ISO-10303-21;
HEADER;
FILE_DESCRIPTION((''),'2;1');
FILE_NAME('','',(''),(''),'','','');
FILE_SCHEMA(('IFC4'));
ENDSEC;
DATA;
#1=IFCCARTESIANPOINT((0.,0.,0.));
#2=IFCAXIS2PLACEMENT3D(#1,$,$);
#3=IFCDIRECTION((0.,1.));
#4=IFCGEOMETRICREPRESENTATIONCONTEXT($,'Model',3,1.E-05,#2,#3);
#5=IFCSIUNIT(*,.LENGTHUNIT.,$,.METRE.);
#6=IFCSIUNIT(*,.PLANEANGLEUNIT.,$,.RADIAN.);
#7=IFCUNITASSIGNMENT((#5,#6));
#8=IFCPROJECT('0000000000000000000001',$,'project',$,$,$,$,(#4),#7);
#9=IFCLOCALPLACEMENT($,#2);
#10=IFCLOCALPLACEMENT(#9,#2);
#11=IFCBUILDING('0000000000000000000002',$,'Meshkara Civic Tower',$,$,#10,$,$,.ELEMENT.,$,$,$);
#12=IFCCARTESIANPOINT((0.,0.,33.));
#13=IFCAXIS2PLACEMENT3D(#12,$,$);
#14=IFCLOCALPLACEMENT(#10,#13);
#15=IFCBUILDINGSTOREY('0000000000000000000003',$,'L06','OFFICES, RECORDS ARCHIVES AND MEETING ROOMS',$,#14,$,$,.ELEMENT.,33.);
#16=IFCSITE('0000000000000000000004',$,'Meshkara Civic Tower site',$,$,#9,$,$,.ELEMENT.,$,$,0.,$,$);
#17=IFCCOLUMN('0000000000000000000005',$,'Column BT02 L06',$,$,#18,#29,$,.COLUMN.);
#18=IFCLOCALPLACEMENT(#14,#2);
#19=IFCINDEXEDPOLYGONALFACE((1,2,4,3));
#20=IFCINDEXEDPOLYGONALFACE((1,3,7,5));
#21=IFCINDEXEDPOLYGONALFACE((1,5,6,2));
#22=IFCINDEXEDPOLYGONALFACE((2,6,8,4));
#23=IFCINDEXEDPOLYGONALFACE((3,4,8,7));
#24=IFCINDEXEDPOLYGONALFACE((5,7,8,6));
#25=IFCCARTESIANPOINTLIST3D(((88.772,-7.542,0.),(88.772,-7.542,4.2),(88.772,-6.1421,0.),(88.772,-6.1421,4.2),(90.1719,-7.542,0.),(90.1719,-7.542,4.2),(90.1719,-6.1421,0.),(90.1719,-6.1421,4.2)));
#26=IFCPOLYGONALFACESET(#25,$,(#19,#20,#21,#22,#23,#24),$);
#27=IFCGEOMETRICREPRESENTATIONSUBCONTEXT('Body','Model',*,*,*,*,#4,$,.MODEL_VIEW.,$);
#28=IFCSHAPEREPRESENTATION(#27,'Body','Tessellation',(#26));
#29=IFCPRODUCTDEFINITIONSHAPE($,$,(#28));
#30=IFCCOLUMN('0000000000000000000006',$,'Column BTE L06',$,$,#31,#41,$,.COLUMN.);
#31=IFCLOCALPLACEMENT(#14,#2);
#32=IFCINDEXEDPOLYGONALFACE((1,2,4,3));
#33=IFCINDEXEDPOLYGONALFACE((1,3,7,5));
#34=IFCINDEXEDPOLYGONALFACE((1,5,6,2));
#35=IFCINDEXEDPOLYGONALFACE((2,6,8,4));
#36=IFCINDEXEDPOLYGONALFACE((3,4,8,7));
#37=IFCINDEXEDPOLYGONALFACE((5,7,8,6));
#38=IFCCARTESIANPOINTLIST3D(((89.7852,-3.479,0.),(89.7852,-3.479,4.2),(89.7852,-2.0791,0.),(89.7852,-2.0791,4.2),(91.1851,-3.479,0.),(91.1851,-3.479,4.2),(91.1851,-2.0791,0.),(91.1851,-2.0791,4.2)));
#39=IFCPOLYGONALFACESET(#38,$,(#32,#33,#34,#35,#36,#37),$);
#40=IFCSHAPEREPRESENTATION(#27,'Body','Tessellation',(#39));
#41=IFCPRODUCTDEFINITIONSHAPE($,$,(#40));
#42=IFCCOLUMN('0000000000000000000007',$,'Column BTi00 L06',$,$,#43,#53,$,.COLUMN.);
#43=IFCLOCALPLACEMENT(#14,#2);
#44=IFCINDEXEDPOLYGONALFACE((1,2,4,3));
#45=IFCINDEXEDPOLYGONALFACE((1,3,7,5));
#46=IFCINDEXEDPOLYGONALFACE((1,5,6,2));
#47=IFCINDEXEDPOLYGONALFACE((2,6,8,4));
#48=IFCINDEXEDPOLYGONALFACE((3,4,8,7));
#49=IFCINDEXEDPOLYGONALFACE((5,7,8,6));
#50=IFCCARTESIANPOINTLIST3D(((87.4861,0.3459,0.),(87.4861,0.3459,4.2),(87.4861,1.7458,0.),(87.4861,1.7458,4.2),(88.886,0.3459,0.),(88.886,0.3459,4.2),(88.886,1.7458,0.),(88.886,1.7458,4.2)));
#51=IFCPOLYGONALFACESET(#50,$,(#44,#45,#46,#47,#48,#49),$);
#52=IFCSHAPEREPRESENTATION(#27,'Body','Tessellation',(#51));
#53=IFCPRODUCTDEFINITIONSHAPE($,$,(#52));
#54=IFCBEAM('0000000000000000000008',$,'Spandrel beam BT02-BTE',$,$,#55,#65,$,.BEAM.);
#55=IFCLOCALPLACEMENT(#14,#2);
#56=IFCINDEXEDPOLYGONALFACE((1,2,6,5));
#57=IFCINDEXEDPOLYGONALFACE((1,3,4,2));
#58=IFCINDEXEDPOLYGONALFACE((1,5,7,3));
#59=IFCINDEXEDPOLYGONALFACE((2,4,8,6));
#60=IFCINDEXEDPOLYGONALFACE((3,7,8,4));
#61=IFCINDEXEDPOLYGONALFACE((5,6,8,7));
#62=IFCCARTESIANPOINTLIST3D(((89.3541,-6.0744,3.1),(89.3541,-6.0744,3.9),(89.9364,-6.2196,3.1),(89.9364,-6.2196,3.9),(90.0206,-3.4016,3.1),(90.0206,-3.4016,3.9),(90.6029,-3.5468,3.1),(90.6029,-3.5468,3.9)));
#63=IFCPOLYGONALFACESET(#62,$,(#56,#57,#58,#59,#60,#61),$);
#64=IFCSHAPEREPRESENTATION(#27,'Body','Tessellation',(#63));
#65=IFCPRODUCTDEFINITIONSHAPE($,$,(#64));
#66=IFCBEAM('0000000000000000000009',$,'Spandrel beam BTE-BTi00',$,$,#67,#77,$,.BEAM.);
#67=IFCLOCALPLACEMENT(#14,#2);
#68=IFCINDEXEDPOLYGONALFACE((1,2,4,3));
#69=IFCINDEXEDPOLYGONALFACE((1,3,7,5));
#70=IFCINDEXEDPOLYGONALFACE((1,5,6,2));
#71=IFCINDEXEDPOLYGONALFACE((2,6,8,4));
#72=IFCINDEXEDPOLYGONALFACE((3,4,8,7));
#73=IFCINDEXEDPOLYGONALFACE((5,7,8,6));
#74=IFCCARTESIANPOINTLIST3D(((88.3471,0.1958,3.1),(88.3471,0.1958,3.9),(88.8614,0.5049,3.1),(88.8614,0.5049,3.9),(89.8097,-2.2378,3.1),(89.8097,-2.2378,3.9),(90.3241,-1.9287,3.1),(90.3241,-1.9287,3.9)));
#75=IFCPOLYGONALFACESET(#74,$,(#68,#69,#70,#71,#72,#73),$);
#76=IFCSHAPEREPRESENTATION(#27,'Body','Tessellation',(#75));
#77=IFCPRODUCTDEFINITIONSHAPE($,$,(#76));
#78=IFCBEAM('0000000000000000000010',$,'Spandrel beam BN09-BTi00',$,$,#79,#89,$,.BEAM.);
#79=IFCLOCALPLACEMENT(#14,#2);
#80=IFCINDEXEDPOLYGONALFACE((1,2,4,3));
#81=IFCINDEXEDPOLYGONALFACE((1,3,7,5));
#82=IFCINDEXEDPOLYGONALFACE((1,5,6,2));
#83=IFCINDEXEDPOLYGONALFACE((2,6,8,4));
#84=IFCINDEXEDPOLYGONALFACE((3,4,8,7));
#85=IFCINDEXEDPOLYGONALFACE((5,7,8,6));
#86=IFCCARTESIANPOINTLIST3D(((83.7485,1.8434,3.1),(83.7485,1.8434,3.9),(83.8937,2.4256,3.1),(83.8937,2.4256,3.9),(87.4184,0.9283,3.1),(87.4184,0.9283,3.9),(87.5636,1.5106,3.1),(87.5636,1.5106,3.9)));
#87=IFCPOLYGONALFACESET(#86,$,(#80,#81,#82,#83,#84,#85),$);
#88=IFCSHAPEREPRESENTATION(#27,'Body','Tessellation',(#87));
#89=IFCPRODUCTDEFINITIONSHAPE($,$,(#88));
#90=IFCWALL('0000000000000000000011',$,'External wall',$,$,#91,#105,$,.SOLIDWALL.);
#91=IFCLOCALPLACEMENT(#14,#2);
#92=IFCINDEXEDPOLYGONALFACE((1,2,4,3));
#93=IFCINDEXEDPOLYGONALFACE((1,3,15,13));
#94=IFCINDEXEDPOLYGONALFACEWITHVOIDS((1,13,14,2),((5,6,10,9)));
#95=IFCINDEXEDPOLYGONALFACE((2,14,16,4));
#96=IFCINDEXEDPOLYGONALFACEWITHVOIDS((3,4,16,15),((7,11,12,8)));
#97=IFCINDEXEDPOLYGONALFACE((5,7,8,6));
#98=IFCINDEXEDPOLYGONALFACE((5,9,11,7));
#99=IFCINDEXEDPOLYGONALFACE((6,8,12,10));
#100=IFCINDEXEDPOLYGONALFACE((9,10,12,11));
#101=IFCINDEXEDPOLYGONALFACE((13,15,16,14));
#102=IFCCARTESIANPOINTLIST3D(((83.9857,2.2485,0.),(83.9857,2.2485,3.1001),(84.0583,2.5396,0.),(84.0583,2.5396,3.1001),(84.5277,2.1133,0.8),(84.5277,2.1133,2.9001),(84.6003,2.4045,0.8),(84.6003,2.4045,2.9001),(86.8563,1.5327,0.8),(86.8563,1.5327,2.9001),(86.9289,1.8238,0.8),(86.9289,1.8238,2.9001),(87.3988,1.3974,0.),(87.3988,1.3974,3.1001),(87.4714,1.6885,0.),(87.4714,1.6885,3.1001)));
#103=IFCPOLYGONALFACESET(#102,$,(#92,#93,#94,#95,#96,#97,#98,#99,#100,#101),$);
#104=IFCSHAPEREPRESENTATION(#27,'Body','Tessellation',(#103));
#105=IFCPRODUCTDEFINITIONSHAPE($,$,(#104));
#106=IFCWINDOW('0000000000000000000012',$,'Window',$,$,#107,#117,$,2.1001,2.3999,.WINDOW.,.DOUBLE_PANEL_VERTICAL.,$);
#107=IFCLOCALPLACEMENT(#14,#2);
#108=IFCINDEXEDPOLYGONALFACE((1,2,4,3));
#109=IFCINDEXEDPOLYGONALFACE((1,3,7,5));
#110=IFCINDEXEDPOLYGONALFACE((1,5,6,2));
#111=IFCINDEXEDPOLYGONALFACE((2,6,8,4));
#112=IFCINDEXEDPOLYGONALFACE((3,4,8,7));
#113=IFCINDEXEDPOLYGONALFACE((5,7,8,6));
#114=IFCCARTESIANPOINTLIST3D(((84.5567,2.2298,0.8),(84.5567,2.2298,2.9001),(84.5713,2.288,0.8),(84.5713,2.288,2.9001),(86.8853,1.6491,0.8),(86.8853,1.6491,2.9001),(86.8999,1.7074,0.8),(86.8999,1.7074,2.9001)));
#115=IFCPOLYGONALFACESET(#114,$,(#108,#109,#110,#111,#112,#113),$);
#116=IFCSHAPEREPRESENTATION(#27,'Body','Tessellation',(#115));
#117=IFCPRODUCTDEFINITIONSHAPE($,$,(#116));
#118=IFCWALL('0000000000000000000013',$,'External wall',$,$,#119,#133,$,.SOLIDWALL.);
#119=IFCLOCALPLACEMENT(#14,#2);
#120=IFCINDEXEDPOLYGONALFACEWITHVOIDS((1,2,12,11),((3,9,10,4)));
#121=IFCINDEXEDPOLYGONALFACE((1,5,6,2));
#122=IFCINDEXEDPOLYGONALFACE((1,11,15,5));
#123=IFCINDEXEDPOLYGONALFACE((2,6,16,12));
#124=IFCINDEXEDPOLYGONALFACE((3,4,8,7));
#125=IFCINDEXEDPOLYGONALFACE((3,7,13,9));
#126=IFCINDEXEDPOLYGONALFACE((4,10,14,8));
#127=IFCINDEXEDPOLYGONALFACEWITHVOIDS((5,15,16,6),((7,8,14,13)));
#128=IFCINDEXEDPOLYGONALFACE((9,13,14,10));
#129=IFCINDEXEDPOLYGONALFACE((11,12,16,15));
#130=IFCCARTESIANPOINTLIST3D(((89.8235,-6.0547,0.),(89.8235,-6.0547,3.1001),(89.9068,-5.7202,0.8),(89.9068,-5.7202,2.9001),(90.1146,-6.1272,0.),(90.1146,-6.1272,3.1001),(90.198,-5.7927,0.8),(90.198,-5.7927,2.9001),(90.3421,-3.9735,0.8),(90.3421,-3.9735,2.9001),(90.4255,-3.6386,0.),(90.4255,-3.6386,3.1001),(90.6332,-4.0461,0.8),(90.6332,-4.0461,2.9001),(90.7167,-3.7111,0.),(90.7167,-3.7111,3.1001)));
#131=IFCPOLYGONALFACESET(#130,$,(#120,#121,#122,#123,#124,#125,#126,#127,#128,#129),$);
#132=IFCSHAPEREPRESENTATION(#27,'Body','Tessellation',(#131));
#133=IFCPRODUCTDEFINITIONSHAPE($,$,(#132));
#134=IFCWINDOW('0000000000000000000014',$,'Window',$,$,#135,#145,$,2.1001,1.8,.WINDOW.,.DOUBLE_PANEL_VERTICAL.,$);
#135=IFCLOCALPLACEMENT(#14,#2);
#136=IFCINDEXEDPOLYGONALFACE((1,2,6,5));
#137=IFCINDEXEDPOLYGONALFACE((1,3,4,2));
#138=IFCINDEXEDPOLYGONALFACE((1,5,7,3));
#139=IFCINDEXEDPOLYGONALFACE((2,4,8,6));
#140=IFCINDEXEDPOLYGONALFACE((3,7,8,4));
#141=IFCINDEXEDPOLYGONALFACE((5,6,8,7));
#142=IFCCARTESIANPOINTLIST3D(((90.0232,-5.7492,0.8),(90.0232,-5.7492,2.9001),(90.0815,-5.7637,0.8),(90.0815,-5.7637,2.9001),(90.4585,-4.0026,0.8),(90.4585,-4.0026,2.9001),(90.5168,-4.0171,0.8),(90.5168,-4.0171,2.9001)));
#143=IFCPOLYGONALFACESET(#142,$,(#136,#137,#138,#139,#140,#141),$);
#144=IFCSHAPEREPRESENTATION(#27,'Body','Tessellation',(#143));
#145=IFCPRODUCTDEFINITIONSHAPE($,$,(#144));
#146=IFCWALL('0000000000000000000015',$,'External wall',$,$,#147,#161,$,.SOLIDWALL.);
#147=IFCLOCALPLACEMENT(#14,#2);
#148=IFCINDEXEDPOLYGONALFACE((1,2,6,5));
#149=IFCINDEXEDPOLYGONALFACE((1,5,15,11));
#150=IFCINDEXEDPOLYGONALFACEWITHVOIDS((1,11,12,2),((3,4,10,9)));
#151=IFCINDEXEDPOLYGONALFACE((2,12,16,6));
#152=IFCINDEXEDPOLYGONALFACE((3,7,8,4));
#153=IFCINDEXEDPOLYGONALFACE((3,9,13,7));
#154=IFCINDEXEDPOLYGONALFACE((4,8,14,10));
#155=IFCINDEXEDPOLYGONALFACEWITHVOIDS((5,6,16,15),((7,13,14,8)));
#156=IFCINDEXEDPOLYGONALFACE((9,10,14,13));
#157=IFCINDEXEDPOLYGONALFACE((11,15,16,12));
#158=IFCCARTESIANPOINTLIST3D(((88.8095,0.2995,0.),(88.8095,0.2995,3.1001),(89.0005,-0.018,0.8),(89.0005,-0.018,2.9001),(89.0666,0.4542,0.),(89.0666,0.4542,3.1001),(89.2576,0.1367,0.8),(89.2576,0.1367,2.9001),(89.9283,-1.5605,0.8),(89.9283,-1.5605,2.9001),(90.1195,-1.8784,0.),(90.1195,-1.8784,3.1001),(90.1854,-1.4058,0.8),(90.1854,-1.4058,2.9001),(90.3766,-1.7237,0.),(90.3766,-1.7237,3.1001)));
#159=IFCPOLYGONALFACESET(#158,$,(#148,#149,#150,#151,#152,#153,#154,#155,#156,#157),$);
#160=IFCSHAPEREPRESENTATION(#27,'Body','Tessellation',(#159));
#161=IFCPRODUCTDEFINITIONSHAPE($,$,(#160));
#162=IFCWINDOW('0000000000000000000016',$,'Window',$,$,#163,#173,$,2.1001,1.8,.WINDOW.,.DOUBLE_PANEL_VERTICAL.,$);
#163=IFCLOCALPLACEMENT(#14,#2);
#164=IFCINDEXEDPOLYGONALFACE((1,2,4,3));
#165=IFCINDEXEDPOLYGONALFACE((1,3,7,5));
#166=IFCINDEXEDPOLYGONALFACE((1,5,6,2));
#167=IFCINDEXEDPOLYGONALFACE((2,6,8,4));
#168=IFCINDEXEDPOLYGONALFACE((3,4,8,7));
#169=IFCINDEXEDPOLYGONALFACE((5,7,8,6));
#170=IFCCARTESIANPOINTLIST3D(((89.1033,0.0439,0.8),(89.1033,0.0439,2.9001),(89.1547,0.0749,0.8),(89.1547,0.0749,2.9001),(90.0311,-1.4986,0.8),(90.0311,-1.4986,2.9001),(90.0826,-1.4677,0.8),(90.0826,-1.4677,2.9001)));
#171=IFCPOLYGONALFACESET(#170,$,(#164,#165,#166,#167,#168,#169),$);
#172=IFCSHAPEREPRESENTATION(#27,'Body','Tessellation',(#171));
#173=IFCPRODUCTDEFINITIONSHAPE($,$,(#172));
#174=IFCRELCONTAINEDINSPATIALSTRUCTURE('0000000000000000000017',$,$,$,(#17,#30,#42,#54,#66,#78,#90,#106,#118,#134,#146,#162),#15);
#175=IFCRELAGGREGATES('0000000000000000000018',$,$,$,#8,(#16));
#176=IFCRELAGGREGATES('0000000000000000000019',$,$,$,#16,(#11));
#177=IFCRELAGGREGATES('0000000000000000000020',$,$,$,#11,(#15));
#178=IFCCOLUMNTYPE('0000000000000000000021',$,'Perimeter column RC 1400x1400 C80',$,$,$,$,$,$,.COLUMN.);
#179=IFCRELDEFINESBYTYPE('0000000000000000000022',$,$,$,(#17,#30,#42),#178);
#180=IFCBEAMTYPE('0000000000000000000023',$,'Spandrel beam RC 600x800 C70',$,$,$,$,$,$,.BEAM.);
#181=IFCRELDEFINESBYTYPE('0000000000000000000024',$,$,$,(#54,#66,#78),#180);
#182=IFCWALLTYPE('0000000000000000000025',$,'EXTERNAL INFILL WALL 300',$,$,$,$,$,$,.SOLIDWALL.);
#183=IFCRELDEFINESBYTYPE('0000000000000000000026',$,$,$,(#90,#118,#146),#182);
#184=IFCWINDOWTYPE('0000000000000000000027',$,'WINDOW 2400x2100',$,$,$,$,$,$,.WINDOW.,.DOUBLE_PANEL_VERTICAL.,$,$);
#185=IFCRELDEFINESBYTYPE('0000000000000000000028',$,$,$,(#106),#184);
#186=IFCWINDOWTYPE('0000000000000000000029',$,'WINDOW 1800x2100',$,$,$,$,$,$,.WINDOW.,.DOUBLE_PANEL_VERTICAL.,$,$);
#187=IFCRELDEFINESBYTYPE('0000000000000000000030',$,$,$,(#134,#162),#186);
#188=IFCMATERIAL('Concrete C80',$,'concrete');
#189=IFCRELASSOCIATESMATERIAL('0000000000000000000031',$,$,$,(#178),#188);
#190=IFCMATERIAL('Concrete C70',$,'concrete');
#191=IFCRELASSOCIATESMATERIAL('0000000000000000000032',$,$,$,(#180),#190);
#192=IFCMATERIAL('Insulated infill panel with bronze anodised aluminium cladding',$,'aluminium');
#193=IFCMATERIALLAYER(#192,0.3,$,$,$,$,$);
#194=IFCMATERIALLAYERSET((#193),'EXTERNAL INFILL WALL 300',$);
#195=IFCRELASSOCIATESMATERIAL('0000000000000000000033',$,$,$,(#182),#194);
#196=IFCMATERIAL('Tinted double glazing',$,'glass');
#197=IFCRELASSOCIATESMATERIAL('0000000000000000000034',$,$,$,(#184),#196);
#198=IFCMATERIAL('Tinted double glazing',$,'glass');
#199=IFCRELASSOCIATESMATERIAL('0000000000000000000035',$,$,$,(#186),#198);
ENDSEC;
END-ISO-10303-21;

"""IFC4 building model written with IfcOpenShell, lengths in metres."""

from ifc_helpers import new_model, si_unit, direction, frame, frame_2d, origin, origin_2d, place, context, subcontext, project, spatial, rectangle, extrude, material, layer, layer_set, material_profile, profile_set, type_object, element, fill, save


model = new_model("IFC4")

# Units and contexts
model_context = context("Model", 3, precision=1e-05, world=origin(), true_north=direction((0.0, 1.0)))
body_context = subcontext(model_context, "Body", "Model", "MODEL_VIEW")
ifc_project = project(units=[si_unit("LENGTHUNIT", "METRE"), si_unit("PLANEANGLEUNIT", "RADIAN")], contexts=[model_context])

# Site, building, storey
site_placement = place(None, origin())
site = spatial("IfcSite", under=ifc_project, at=site_placement, Name="Meshkara Civic Tower site", CompositionType="ELEMENT", RefElevation=0.0)
building_placement = place(site_placement, origin())
building = spatial("IfcBuilding", under=site, at=building_placement, Name="Meshkara Civic Tower", CompositionType="ELEMENT")
storey_placement = place(building_placement, frame((0.0, 0.0, 33.0)))
storey = spatial("IfcBuildingStorey", under=building, at=storey_placement, Name="L06", Description="OFFICES, RECORDS ARCHIVES AND MEETING ROOMS", CompositionType="ELEMENT", Elevation=33.0)

# Columns
ifc_material_1 = material(Name="Concrete C80", Category="concrete")
ifc_material_profile_1 = material_profile(ifc_material_1, rectangle(XDim=1.3999, YDim=1.3999, at=origin_2d()))
ifc_profile_set_1 = profile_set([ifc_material_profile_1], Name="Concrete C80")
column_type = type_object("IfcColumnType", Name="Perimeter column RC 1400x1400 C80", PredefinedType="COLUMN", material=ifc_profile_set_1)
for number, where, z_axis, x_axis, name in (
    (1, (89.4719, -6.842, 0.0), (0.0, 0.0, 1.0), (1.0, 0.0, 0.0), "Column BT02 L06"),
    (2, (90.4851, -2.7791, 0.0), (0.0, 0.0, 1.0), (1.0, 0.0, 0.0), "Column BTE L06"),
    (3, (88.186, 1.0459, 0.0), (0.0, 0.0, 1.0), (1.0, 0.0, 0.0), "Column BTi00 L06"),
):
    element("IfcColumn", number, at=place(storey_placement, frame(where, z_axis=z_axis, x_axis=x_axis)), inside=storey, type_object=column_type, Name=name, PredefinedType="COLUMN", context=body_context, shape_type="SweptSolid", body=[
        extrude(rectangle(XDim=1.3999, YDim=1.3999, at=origin_2d()), origin(), (0.0, 0.0, 1.0), 4.2),
    ])

# Beams
ifc_material_2 = material(Name="Concrete C70", Category="concrete")
ifc_material_profile_2 = material_profile(ifc_material_2, rectangle(XDim=0.6001, YDim=0.8, at=origin_2d()))
ifc_profile_set_2 = profile_set([ifc_material_profile_2], Name="Concrete C70")
beam_type = type_object("IfcBeamType", Name="Spandrel beam RC 600x800 C70", PredefinedType="BEAM", material=ifc_profile_set_2)
beam_1_placement = place(storey_placement, frame((89.6453, -6.147, 3.5), z_axis=(0.241952, 0.970288, 0.0), x_axis=(-0.970288, 0.241952, 0.0)))
element("IfcBeam", 4, at=beam_1_placement, inside=storey, type_object=beam_type, Name="Spandrel beam BT02-BTE", PredefinedType="BEAM", context=body_context, shape_type="SweptSolid", body=[
    extrude(rectangle(XDim=0.6001, YDim=0.8, at=origin_2d()), origin(), (0.0, 0.0, 1.0), 2.7546),
])
beam_2_placement = place(storey_placement, frame((90.0669, -2.0833, 3.5), z_axis=(-0.515141, 0.857106, 0.0), x_axis=(-0.857106, -0.515141, 0.0)))
element("IfcBeam", 5, at=beam_2_placement, inside=storey, type_object=beam_type, Name="Spandrel beam BTE-BTi00", PredefinedType="BEAM", context=body_context, shape_type="SweptSolid", body=[
    extrude(rectangle(XDim=0.6001, YDim=0.8, at=origin_2d()), origin(), (0.0, 0.0, 1.0), 2.8394),
])
beam_3_placement = place(storey_placement, frame((87.491, 1.2195, 3.5), z_axis=(-0.970294, 0.241928, 0.0), x_axis=(-0.241928, -0.970294, 0.0)))
element("IfcBeam", 6, at=beam_3_placement, inside=storey, type_object=beam_type, Name="Spandrel beam BN09-BTi00", PredefinedType="BEAM", context=body_context, shape_type="SweptSolid", body=[
    extrude(rectangle(XDim=0.6001, YDim=0.8, at=origin_2d()), origin(), (0.0, 0.0, 1.0), 3.7822),
])

# Walls, openings, windows
ifc_material_3 = material(Name="Insulated infill panel with bronze anodised aluminium cladding", Category="aluminium")
ifc_layer_1 = layer(ifc_material_3, 0.3)
ifc_layer_set_1 = layer_set([ifc_layer_1], Name="EXTERNAL INFILL WALL 300")
wall_type_1 = type_object("IfcWallType", Name="EXTERNAL INFILL WALL 300", PredefinedType="SOLIDWALL", material=ifc_layer_set_1)
wall_1_placement = place(storey_placement, frame((87.4351, 1.543, 0.0), z_axis=(0.0, 0.0, 1.0), x_axis=(-0.970289, 0.241948, 0.0)))
wall_1 = element("IfcWall", 7, at=wall_1_placement, inside=storey, type_object=wall_type_1, Name="External wall", PredefinedType="SOLIDWALL", context=body_context, shape_type="SweptSolid", body=[
    extrude(rectangle(XDim=3.5176, YDim=0.3, at=frame_2d((1.7588, 0.0))), origin(), (0.0, 0.0, 1.0), 3.1001),
])
opening_1_placement = place(wall_1_placement, frame((0.5591, 0.0, 0.8)))
opening_1 = element("IfcOpeningElement", 8, at=opening_1_placement, cuts=wall_1, PredefinedType="OPENING", context=body_context, shape_type="SweptSolid", body=[
    extrude(rectangle(XDim=2.3999, YDim=2.1001, at=frame_2d((1.2, 1.05))), frame((0.0, 0.1599, 0.0), z_axis=(0.0, -1.0, 0.0), x_axis=(1.0, 0.0, 0.0)), (0.0, 0.0, 1.0), 0.3201),
])
ifc_material_4 = material(Name="Tinted double glazing", Category="glass")
window_type_1 = type_object("IfcWindowType", Name="WINDOW 2400x2100", PartitioningType="DOUBLE_PANEL_VERTICAL", PredefinedType="WINDOW", material=ifc_material_4)
window_1_placement = place(opening_1_placement, origin())
window_1 = element("IfcWindow", 9, at=window_1_placement, inside=storey, type_object=window_type_1, Name="Window", OverallHeight=2.1001, OverallWidth=2.3999, PartitioningType="DOUBLE_PANEL_VERTICAL", PredefinedType="WINDOW", context=body_context, shape_type="SweptSolid", body=[
    extrude(rectangle(XDim=2.3999, YDim=2.1001, at=frame_2d((1.2, 1.05))), frame((0.0, 0.03, 0.0), z_axis=(0.0, -1.0, 0.0), x_axis=(1.0, 0.0, 0.0)), (0.0, 0.0, 1.0), 0.0601),
])
fill(opening_1, window_1)
wall_2_placement = place(storey_placement, frame((89.969, -6.0911, 0.0), z_axis=(0.0, 0.0, 1.0), x_axis=(0.241797, 0.970327, 0.0)))
wall_2 = element("IfcWall", 10, at=wall_2_placement, inside=storey, type_object=wall_type_1, Name="External wall", PredefinedType="SOLIDWALL", context=body_context, shape_type="SweptSolid", body=[
    extrude(rectangle(XDim=2.49, YDim=0.3, at=frame_2d((1.2451, 0.0))), origin(), (0.0, 0.0, 1.0), 3.1001),
])
opening_2_placement = place(wall_2_placement, frame((0.345, 0.0, 0.8)))
opening_2 = element("IfcOpeningElement", 11, at=opening_2_placement, cuts=wall_2, PredefinedType="OPENING", context=body_context, shape_type="SweptSolid", body=[
    extrude(rectangle(XDim=1.8, YDim=2.1001, at=frame_2d((0.8999, 1.05))), frame((0.0, 0.1599, 0.0), z_axis=(0.0, -1.0, 0.0), x_axis=(1.0, 0.0, 0.0)), (0.0, 0.0, 1.0), 0.3201),
])
ifc_material_5 = material(Name="Tinted double glazing", Category="glass")
window_type_2 = type_object("IfcWindowType", Name="WINDOW 1800x2100", PartitioningType="DOUBLE_PANEL_VERTICAL", PredefinedType="WINDOW", material=ifc_material_5)
window_2_placement = place(opening_2_placement, origin())
window_2 = element("IfcWindow", 12, at=window_2_placement, inside=storey, type_object=window_type_2, Name="Window", OverallHeight=2.1001, OverallWidth=1.8, PartitioningType="DOUBLE_PANEL_VERTICAL", PredefinedType="WINDOW", context=body_context, shape_type="SweptSolid", body=[
    extrude(rectangle(XDim=1.8, YDim=2.1001, at=frame_2d((0.8999, 1.05))), frame((0.0, 0.03, 0.0), z_axis=(0.0, -1.0, 0.0), x_axis=(1.0, 0.0, 0.0)), (0.0, 0.0, 1.0), 0.0601),
])
fill(opening_2, window_2)
wall_3_placement = place(storey_placement, frame((90.248, -1.801, 0.0), z_axis=(0.0, 0.0, 1.0), x_axis=(-0.515442, 0.856925, 0.0)))
wall_3 = element("IfcWall", 13, at=wall_3_placement, inside=storey, type_object=wall_type_1, Name="External wall", PredefinedType="SOLIDWALL", context=body_context, shape_type="SweptSolid", body=[
    extrude(rectangle(XDim=2.5415, YDim=0.3, at=frame_2d((1.2708, 0.0))), origin(), (0.0, 0.0, 1.0), 3.1001),
])
opening_3_placement = place(wall_3_placement, frame((0.3711, 0.0, 0.8)))
opening_3 = element("IfcOpeningElement", 14, at=opening_3_placement, cuts=wall_3, PredefinedType="OPENING", context=body_context, shape_type="SweptSolid", body=[
    extrude(rectangle(XDim=1.8, YDim=2.1001, at=frame_2d((0.8999, 1.05))), frame((0.0, 0.1599, 0.0), z_axis=(0.0, -1.0, 0.0), x_axis=(1.0, 0.0, 0.0)), (0.0, 0.0, 1.0), 0.3201),
])
window_3_placement = place(opening_3_placement, origin())
window_3 = element("IfcWindow", 15, at=window_3_placement, inside=storey, type_object=window_type_2, Name="Window", OverallHeight=2.1001, OverallWidth=1.8, PartitioningType="DOUBLE_PANEL_VERTICAL", PredefinedType="WINDOW", context=body_context, shape_type="SweptSolid", body=[
    extrude(rectangle(XDim=1.8, YDim=2.1001, at=frame_2d((0.8999, 1.05))), frame((0.0, 0.03, 0.0), z_axis=(0.0, -1.0, 0.0), x_axis=(1.0, 0.0, 0.0)), (0.0, 0.0, 1.0), 0.0601),
])
fill(opening_3, window_3)

save(model, "model.ifc")
